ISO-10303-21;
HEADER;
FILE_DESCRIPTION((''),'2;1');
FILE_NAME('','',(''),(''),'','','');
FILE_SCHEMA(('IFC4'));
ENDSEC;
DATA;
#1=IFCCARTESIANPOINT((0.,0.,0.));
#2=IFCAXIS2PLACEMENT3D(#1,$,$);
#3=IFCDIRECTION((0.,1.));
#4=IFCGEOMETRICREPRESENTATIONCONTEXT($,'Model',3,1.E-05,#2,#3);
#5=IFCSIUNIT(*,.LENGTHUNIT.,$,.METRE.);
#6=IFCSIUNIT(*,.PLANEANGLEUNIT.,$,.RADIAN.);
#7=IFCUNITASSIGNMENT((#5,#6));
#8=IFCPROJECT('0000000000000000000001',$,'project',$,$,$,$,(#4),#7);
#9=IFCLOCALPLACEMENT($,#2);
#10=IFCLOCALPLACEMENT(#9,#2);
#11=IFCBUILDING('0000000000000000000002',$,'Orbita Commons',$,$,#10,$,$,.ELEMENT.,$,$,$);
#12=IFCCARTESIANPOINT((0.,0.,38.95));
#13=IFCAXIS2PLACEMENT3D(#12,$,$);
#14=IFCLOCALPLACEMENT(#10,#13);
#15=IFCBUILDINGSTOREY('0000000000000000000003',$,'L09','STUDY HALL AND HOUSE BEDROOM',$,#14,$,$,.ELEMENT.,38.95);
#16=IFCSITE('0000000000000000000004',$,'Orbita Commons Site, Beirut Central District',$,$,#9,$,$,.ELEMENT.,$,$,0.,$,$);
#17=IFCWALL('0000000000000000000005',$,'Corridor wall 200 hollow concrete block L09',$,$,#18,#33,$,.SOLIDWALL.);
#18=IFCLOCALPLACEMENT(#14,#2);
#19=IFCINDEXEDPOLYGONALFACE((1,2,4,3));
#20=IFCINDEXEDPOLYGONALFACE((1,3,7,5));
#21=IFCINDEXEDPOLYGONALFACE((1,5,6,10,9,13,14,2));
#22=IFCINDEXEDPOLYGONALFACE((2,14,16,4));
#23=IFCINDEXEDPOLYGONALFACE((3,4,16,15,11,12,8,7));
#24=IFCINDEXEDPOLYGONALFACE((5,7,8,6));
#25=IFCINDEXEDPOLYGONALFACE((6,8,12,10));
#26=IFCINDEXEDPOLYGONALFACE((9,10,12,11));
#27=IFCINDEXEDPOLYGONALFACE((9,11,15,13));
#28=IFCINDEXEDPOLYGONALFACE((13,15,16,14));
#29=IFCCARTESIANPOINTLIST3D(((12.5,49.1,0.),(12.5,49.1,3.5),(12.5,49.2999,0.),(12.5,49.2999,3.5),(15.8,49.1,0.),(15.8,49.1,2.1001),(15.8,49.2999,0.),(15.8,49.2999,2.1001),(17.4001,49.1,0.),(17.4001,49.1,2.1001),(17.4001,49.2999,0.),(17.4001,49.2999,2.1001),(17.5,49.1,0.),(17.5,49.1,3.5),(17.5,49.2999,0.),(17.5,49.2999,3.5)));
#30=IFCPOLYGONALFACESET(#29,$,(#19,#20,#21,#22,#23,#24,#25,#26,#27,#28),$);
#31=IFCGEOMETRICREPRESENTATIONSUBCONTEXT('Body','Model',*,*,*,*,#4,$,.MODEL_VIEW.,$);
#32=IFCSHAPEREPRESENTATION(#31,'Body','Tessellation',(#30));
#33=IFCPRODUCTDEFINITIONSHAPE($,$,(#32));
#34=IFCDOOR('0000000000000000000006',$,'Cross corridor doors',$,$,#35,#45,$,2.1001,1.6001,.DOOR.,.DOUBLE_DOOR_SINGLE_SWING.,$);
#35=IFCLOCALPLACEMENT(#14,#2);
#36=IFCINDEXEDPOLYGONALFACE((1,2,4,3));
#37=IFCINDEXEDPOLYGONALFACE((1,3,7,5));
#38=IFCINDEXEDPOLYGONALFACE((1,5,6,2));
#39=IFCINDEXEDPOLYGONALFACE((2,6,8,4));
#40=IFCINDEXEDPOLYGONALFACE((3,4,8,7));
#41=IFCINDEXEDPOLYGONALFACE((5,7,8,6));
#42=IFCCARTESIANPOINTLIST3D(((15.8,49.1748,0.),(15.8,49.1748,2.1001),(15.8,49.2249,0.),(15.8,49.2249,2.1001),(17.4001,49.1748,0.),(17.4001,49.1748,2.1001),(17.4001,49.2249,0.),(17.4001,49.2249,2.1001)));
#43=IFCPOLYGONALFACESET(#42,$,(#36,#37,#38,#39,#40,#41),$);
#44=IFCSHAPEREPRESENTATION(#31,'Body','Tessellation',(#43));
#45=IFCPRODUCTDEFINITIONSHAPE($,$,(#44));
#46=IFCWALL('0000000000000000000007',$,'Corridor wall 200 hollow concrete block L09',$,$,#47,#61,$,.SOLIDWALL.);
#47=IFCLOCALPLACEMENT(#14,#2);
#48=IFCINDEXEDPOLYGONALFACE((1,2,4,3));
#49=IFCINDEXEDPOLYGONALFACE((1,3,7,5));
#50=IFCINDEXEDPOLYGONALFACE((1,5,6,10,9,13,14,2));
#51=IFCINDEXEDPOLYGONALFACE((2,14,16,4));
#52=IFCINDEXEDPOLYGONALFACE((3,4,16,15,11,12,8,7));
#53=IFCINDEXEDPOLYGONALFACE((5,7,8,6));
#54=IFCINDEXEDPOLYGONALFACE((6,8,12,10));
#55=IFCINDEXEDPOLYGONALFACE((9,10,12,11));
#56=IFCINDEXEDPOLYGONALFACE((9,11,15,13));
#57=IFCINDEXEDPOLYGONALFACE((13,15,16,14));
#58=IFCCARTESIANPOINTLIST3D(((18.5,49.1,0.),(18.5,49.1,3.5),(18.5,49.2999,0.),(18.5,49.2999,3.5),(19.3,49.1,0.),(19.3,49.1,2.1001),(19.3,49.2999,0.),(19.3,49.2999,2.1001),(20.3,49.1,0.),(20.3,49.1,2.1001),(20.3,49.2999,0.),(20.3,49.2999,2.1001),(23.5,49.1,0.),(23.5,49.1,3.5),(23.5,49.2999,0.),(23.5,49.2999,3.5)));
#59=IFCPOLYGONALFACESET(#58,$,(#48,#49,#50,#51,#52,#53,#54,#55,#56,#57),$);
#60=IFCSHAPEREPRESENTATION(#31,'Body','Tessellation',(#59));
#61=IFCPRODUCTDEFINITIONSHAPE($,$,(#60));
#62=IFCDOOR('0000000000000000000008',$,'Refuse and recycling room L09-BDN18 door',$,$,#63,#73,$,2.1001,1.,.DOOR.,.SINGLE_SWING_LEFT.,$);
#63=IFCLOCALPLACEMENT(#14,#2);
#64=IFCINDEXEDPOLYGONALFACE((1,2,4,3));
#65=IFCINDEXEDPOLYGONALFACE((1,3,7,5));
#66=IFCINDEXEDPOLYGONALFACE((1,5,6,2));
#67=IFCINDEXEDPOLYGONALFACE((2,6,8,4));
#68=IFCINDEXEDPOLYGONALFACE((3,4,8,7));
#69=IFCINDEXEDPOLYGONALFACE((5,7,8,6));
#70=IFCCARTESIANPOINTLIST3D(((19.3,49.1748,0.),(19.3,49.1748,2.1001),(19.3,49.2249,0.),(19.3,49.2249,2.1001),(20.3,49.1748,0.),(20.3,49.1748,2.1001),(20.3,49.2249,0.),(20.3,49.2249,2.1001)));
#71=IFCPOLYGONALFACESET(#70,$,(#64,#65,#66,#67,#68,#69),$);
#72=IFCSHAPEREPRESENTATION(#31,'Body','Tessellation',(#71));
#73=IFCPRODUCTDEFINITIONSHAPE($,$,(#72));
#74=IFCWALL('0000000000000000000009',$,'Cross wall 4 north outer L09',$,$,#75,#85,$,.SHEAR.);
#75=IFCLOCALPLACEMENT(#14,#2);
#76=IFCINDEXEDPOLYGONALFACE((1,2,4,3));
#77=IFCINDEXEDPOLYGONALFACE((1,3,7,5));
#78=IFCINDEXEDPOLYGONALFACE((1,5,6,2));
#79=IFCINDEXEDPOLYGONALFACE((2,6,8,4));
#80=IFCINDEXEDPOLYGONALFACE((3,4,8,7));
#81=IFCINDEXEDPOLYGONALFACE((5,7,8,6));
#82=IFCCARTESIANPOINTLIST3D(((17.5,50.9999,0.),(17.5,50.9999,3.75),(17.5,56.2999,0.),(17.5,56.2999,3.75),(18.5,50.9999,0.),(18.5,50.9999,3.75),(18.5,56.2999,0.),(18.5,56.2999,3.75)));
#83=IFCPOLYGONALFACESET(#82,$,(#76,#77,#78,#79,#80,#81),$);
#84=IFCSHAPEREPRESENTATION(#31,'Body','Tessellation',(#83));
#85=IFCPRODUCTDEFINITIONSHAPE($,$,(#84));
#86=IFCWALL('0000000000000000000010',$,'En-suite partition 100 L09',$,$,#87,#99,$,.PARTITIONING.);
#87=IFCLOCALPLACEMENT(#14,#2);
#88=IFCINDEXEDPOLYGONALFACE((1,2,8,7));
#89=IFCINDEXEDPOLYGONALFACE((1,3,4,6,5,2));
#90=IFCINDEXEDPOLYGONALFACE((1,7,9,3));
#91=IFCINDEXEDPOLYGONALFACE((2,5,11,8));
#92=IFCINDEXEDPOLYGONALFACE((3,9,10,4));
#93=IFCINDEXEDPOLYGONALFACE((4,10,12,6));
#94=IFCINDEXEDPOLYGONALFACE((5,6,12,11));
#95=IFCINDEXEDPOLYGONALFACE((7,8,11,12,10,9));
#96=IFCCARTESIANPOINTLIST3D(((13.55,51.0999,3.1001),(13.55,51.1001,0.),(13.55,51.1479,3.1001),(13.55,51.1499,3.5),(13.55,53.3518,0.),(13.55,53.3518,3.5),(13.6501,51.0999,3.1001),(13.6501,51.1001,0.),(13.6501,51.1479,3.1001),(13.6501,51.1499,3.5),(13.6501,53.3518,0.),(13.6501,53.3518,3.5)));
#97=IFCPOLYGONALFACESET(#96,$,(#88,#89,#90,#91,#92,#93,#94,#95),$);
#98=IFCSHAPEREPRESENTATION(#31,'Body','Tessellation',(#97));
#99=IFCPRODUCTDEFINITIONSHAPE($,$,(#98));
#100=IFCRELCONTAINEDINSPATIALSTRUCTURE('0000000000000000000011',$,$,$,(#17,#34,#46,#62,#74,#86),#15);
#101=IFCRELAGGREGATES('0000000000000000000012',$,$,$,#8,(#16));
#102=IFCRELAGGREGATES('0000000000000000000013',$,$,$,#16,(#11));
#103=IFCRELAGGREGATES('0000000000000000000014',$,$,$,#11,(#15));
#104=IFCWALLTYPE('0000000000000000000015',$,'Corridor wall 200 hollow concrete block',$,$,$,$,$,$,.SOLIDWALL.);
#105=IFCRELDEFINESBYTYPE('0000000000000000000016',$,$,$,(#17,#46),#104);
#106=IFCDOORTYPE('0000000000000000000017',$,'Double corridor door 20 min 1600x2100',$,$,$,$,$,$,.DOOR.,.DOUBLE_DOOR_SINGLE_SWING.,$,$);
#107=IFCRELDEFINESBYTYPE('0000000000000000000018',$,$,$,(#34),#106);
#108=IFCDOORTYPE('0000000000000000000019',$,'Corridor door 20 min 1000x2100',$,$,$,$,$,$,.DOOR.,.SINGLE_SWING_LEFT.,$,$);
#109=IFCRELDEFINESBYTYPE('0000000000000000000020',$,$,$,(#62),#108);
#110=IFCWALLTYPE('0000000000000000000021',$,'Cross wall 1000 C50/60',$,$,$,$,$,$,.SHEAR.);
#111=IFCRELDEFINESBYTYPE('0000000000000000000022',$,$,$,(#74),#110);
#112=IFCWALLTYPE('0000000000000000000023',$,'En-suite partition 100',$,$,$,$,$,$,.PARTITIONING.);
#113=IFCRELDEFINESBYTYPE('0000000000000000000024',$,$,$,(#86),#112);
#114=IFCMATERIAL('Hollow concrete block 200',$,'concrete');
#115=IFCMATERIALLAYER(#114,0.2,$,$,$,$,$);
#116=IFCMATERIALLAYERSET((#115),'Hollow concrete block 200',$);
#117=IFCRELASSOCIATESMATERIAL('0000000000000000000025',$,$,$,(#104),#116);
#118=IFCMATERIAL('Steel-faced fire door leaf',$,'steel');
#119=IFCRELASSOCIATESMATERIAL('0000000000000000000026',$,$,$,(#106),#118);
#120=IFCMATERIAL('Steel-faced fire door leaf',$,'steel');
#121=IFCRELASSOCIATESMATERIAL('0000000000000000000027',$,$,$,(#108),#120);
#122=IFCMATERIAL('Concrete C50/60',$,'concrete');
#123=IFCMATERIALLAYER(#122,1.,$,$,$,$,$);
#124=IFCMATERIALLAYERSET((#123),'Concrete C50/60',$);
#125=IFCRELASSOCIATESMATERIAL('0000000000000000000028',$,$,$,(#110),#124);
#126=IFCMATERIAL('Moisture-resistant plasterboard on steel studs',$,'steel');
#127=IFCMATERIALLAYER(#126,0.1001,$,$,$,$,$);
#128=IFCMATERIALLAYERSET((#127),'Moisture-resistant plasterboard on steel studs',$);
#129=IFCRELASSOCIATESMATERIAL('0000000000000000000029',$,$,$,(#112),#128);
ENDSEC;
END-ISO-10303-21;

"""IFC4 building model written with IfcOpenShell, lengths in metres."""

from ifc_helpers import new_model, si_unit, direction, frame, frame_2d, origin, place, context, subcontext, project, spatial, polyline, rectangle, outline, extrude, material, layer, layer_set, type_object, element, fill, save


model = new_model("IFC4")

# Units and contexts
model_context = context("Model", 3, precision=1e-05, world=origin(), true_north=direction((0.0, 1.0)))
body_context = subcontext(model_context, "Body", "Model", "MODEL_VIEW")
ifc_project = project(units=[si_unit("LENGTHUNIT", "METRE"), si_unit("PLANEANGLEUNIT", "RADIAN")], contexts=[model_context])

# Site, building, storey
site_placement = place(None, origin())
site = spatial("IfcSite", under=ifc_project, at=site_placement, Name="Orbita Commons Site, Beirut Central District", CompositionType="ELEMENT", RefElevation=0.0)
building_placement = place(site_placement, origin())
building = spatial("IfcBuilding", under=site, at=building_placement, Name="Orbita Commons", CompositionType="ELEMENT")
storey_placement = place(building_placement, frame((0.0, 0.0, 38.95)))
storey = spatial("IfcBuildingStorey", under=building, at=storey_placement, Name="L09", Description="STUDY HALL AND HOUSE BEDROOM", CompositionType="ELEMENT", Elevation=38.95)

# Walls, openings, doors
ifc_material_1 = material(Name="Hollow concrete block 200", Category="concrete")
ifc_layer_1 = layer(ifc_material_1, 0.2)
ifc_layer_set_1 = layer_set([ifc_layer_1], Name="Hollow concrete block 200")
wall_type_1 = type_object("IfcWallType", Name="Corridor wall 200 hollow concrete block", PredefinedType="SOLIDWALL", material=ifc_layer_set_1)
wall_1_placement = place(storey_placement, frame((12.5, 49.2, 0.0), z_axis=(0.0, 0.0, 1.0), x_axis=(1.0, 0.0, 0.0)))
wall_1 = element("IfcWall", 1, at=wall_1_placement, inside=storey, type_object=wall_type_1, Name="Corridor wall 200 hollow concrete block L09", PredefinedType="SOLIDWALL", context=body_context, shape_type="SweptSolid", body=[
    extrude(rectangle(XDim=5.0, YDim=0.2, at=frame_2d((2.5, 0.0))), origin(), (0.0, 0.0, 1.0), 3.5),
])
opening_1_placement = place(wall_1_placement, frame((3.3, 0.0, 0.0)))
opening_1 = element("IfcOpeningElement", 2, at=opening_1_placement, cuts=wall_1, PredefinedType="OPENING", context=body_context, shape_type="SweptSolid", body=[
    extrude(rectangle(XDim=1.6001, YDim=2.1001, at=frame_2d((0.8, 1.05))), frame((0.0, 0.1099, 0.0), z_axis=(0.0, -1.0, 0.0), x_axis=(1.0, 0.0, 0.0)), (0.0, 0.0, 1.0), 0.22),
])
ifc_material_2 = material(Name="Steel-faced fire door leaf", Category="steel")
door_type_1 = type_object("IfcDoorType", Name="Double corridor door 20 min 1600x2100", OperationType="DOUBLE_DOOR_SINGLE_SWING", PredefinedType="DOOR", material=ifc_material_2)
door_1_placement = place(opening_1_placement, origin())
door_1 = element("IfcDoor", 3, at=door_1_placement, inside=storey, type_object=door_type_1, Name="Cross corridor doors", OperationType="DOUBLE_DOOR_SINGLE_SWING", OverallHeight=2.1001, OverallWidth=1.6001, PredefinedType="DOOR", context=body_context, shape_type="SweptSolid", body=[
    extrude(rectangle(XDim=1.6001, YDim=2.1001, at=frame_2d((0.8, 1.05))), frame((0.0, 0.0249, 0.0), z_axis=(0.0, -1.0, 0.0), x_axis=(1.0, 0.0, 0.0)), (0.0, 0.0, 1.0), 0.05),
])
fill(opening_1, door_1)
wall_2_placement = place(storey_placement, frame((18.5, 49.2, 0.0), z_axis=(0.0, 0.0, 1.0), x_axis=(1.0, 0.0, 0.0)))
wall_2 = element("IfcWall", 4, at=wall_2_placement, inside=storey, type_object=wall_type_1, Name="Corridor wall 200 hollow concrete block L09", PredefinedType="SOLIDWALL", context=body_context, shape_type="SweptSolid", body=[
    extrude(rectangle(XDim=5.0, YDim=0.2, at=frame_2d((2.5, 0.0))), origin(), (0.0, 0.0, 1.0), 3.5),
])
opening_2_placement = place(wall_2_placement, frame((0.8, 0.0, 0.0)))
opening_2 = element("IfcOpeningElement", 5, at=opening_2_placement, cuts=wall_2, PredefinedType="OPENING", context=body_context, shape_type="SweptSolid", body=[
    extrude(rectangle(XDim=1.0, YDim=2.1001, at=frame_2d((0.5, 1.05))), frame((0.0, 0.1099, 0.0), z_axis=(0.0, -1.0, 0.0), x_axis=(1.0, 0.0, 0.0)), (0.0, 0.0, 1.0), 0.22),
])
ifc_material_3 = material(Name="Steel-faced fire door leaf", Category="steel")
door_type_2 = type_object("IfcDoorType", Name="Corridor door 20 min 1000x2100", OperationType="SINGLE_SWING_LEFT", PredefinedType="DOOR", material=ifc_material_3)
door_2_placement = place(opening_2_placement, origin())
door_2 = element("IfcDoor", 6, at=door_2_placement, inside=storey, type_object=door_type_2, Name="Refuse and recycling room L09-BDN18 door", OperationType="SINGLE_SWING_LEFT", OverallHeight=2.1001, OverallWidth=1.0, PredefinedType="DOOR", context=body_context, shape_type="SweptSolid", body=[
    extrude(rectangle(XDim=1.0, YDim=2.1001, at=frame_2d((0.5, 1.05))), frame((0.0, 0.0249, 0.0), z_axis=(0.0, -1.0, 0.0), x_axis=(1.0, 0.0, 0.0)), (0.0, 0.0, 1.0), 0.05),
])
fill(opening_2, door_2)

# Walls
ifc_material_4 = material(Name="Concrete C50/60", Category="concrete")
ifc_layer_2 = layer(ifc_material_4, 1.0)
ifc_layer_set_2 = layer_set([ifc_layer_2], Name="Concrete C50/60")
wall_type_2 = type_object("IfcWallType", Name="Cross wall 1000 C50/60", PredefinedType="SHEAR", material=ifc_layer_set_2)
wall_3_placement = place(storey_placement, frame((18.0, 51.0, 0.0), z_axis=(0.0, 0.0, 1.0), x_axis=(0.0, 1.0, 0.0)))
element("IfcWall", 7, at=wall_3_placement, inside=storey, type_object=wall_type_2, Name="Cross wall 4 north outer L09", PredefinedType="SHEAR", context=body_context, shape_type="SweptSolid", body=[
    extrude(rectangle(XDim=5.3, YDim=1.0, at=frame_2d((2.6499, 0.0))), origin(), (0.0, 0.0, 1.0), 3.75),
])
ifc_material_5 = material(Name="Moisture-resistant plasterboard on steel studs", Category="steel")
ifc_layer_3 = layer(ifc_material_5, 0.1001)
ifc_layer_set_3 = layer_set([ifc_layer_3], Name="Moisture-resistant plasterboard on steel studs")
wall_type_3 = type_object("IfcWallType", Name="En-suite partition 100", PredefinedType="PARTITIONING", material=ifc_layer_set_3)
wall_4_placement = place(storey_placement, frame((13.6001, 53.3518, 0.0), z_axis=(0.0, 0.0, 1.0), x_axis=(0.0, -1.0, 0.0)))
element("IfcWall", 8, at=wall_4_placement, inside=storey, type_object=wall_type_3, Name="En-suite partition 100 L09", PredefinedType="PARTITIONING", context=body_context, shape_type="SweptSolid", body=[
    extrude(outline(polyline([(0.0, 0.0), (2.2517, 0.0), (2.252, 3.1001), (2.2039, 3.1001), (2.2019, 3.5), (0.0, 3.5), (0.0, 0.0)])), frame((0.0, 0.05, 0.0), z_axis=(0.0, -1.0, 0.0), x_axis=(1.0, 0.0, 0.0)), (0.0, 0.0, 1.0), 0.1001),
])

save(model, "model.ifc")
